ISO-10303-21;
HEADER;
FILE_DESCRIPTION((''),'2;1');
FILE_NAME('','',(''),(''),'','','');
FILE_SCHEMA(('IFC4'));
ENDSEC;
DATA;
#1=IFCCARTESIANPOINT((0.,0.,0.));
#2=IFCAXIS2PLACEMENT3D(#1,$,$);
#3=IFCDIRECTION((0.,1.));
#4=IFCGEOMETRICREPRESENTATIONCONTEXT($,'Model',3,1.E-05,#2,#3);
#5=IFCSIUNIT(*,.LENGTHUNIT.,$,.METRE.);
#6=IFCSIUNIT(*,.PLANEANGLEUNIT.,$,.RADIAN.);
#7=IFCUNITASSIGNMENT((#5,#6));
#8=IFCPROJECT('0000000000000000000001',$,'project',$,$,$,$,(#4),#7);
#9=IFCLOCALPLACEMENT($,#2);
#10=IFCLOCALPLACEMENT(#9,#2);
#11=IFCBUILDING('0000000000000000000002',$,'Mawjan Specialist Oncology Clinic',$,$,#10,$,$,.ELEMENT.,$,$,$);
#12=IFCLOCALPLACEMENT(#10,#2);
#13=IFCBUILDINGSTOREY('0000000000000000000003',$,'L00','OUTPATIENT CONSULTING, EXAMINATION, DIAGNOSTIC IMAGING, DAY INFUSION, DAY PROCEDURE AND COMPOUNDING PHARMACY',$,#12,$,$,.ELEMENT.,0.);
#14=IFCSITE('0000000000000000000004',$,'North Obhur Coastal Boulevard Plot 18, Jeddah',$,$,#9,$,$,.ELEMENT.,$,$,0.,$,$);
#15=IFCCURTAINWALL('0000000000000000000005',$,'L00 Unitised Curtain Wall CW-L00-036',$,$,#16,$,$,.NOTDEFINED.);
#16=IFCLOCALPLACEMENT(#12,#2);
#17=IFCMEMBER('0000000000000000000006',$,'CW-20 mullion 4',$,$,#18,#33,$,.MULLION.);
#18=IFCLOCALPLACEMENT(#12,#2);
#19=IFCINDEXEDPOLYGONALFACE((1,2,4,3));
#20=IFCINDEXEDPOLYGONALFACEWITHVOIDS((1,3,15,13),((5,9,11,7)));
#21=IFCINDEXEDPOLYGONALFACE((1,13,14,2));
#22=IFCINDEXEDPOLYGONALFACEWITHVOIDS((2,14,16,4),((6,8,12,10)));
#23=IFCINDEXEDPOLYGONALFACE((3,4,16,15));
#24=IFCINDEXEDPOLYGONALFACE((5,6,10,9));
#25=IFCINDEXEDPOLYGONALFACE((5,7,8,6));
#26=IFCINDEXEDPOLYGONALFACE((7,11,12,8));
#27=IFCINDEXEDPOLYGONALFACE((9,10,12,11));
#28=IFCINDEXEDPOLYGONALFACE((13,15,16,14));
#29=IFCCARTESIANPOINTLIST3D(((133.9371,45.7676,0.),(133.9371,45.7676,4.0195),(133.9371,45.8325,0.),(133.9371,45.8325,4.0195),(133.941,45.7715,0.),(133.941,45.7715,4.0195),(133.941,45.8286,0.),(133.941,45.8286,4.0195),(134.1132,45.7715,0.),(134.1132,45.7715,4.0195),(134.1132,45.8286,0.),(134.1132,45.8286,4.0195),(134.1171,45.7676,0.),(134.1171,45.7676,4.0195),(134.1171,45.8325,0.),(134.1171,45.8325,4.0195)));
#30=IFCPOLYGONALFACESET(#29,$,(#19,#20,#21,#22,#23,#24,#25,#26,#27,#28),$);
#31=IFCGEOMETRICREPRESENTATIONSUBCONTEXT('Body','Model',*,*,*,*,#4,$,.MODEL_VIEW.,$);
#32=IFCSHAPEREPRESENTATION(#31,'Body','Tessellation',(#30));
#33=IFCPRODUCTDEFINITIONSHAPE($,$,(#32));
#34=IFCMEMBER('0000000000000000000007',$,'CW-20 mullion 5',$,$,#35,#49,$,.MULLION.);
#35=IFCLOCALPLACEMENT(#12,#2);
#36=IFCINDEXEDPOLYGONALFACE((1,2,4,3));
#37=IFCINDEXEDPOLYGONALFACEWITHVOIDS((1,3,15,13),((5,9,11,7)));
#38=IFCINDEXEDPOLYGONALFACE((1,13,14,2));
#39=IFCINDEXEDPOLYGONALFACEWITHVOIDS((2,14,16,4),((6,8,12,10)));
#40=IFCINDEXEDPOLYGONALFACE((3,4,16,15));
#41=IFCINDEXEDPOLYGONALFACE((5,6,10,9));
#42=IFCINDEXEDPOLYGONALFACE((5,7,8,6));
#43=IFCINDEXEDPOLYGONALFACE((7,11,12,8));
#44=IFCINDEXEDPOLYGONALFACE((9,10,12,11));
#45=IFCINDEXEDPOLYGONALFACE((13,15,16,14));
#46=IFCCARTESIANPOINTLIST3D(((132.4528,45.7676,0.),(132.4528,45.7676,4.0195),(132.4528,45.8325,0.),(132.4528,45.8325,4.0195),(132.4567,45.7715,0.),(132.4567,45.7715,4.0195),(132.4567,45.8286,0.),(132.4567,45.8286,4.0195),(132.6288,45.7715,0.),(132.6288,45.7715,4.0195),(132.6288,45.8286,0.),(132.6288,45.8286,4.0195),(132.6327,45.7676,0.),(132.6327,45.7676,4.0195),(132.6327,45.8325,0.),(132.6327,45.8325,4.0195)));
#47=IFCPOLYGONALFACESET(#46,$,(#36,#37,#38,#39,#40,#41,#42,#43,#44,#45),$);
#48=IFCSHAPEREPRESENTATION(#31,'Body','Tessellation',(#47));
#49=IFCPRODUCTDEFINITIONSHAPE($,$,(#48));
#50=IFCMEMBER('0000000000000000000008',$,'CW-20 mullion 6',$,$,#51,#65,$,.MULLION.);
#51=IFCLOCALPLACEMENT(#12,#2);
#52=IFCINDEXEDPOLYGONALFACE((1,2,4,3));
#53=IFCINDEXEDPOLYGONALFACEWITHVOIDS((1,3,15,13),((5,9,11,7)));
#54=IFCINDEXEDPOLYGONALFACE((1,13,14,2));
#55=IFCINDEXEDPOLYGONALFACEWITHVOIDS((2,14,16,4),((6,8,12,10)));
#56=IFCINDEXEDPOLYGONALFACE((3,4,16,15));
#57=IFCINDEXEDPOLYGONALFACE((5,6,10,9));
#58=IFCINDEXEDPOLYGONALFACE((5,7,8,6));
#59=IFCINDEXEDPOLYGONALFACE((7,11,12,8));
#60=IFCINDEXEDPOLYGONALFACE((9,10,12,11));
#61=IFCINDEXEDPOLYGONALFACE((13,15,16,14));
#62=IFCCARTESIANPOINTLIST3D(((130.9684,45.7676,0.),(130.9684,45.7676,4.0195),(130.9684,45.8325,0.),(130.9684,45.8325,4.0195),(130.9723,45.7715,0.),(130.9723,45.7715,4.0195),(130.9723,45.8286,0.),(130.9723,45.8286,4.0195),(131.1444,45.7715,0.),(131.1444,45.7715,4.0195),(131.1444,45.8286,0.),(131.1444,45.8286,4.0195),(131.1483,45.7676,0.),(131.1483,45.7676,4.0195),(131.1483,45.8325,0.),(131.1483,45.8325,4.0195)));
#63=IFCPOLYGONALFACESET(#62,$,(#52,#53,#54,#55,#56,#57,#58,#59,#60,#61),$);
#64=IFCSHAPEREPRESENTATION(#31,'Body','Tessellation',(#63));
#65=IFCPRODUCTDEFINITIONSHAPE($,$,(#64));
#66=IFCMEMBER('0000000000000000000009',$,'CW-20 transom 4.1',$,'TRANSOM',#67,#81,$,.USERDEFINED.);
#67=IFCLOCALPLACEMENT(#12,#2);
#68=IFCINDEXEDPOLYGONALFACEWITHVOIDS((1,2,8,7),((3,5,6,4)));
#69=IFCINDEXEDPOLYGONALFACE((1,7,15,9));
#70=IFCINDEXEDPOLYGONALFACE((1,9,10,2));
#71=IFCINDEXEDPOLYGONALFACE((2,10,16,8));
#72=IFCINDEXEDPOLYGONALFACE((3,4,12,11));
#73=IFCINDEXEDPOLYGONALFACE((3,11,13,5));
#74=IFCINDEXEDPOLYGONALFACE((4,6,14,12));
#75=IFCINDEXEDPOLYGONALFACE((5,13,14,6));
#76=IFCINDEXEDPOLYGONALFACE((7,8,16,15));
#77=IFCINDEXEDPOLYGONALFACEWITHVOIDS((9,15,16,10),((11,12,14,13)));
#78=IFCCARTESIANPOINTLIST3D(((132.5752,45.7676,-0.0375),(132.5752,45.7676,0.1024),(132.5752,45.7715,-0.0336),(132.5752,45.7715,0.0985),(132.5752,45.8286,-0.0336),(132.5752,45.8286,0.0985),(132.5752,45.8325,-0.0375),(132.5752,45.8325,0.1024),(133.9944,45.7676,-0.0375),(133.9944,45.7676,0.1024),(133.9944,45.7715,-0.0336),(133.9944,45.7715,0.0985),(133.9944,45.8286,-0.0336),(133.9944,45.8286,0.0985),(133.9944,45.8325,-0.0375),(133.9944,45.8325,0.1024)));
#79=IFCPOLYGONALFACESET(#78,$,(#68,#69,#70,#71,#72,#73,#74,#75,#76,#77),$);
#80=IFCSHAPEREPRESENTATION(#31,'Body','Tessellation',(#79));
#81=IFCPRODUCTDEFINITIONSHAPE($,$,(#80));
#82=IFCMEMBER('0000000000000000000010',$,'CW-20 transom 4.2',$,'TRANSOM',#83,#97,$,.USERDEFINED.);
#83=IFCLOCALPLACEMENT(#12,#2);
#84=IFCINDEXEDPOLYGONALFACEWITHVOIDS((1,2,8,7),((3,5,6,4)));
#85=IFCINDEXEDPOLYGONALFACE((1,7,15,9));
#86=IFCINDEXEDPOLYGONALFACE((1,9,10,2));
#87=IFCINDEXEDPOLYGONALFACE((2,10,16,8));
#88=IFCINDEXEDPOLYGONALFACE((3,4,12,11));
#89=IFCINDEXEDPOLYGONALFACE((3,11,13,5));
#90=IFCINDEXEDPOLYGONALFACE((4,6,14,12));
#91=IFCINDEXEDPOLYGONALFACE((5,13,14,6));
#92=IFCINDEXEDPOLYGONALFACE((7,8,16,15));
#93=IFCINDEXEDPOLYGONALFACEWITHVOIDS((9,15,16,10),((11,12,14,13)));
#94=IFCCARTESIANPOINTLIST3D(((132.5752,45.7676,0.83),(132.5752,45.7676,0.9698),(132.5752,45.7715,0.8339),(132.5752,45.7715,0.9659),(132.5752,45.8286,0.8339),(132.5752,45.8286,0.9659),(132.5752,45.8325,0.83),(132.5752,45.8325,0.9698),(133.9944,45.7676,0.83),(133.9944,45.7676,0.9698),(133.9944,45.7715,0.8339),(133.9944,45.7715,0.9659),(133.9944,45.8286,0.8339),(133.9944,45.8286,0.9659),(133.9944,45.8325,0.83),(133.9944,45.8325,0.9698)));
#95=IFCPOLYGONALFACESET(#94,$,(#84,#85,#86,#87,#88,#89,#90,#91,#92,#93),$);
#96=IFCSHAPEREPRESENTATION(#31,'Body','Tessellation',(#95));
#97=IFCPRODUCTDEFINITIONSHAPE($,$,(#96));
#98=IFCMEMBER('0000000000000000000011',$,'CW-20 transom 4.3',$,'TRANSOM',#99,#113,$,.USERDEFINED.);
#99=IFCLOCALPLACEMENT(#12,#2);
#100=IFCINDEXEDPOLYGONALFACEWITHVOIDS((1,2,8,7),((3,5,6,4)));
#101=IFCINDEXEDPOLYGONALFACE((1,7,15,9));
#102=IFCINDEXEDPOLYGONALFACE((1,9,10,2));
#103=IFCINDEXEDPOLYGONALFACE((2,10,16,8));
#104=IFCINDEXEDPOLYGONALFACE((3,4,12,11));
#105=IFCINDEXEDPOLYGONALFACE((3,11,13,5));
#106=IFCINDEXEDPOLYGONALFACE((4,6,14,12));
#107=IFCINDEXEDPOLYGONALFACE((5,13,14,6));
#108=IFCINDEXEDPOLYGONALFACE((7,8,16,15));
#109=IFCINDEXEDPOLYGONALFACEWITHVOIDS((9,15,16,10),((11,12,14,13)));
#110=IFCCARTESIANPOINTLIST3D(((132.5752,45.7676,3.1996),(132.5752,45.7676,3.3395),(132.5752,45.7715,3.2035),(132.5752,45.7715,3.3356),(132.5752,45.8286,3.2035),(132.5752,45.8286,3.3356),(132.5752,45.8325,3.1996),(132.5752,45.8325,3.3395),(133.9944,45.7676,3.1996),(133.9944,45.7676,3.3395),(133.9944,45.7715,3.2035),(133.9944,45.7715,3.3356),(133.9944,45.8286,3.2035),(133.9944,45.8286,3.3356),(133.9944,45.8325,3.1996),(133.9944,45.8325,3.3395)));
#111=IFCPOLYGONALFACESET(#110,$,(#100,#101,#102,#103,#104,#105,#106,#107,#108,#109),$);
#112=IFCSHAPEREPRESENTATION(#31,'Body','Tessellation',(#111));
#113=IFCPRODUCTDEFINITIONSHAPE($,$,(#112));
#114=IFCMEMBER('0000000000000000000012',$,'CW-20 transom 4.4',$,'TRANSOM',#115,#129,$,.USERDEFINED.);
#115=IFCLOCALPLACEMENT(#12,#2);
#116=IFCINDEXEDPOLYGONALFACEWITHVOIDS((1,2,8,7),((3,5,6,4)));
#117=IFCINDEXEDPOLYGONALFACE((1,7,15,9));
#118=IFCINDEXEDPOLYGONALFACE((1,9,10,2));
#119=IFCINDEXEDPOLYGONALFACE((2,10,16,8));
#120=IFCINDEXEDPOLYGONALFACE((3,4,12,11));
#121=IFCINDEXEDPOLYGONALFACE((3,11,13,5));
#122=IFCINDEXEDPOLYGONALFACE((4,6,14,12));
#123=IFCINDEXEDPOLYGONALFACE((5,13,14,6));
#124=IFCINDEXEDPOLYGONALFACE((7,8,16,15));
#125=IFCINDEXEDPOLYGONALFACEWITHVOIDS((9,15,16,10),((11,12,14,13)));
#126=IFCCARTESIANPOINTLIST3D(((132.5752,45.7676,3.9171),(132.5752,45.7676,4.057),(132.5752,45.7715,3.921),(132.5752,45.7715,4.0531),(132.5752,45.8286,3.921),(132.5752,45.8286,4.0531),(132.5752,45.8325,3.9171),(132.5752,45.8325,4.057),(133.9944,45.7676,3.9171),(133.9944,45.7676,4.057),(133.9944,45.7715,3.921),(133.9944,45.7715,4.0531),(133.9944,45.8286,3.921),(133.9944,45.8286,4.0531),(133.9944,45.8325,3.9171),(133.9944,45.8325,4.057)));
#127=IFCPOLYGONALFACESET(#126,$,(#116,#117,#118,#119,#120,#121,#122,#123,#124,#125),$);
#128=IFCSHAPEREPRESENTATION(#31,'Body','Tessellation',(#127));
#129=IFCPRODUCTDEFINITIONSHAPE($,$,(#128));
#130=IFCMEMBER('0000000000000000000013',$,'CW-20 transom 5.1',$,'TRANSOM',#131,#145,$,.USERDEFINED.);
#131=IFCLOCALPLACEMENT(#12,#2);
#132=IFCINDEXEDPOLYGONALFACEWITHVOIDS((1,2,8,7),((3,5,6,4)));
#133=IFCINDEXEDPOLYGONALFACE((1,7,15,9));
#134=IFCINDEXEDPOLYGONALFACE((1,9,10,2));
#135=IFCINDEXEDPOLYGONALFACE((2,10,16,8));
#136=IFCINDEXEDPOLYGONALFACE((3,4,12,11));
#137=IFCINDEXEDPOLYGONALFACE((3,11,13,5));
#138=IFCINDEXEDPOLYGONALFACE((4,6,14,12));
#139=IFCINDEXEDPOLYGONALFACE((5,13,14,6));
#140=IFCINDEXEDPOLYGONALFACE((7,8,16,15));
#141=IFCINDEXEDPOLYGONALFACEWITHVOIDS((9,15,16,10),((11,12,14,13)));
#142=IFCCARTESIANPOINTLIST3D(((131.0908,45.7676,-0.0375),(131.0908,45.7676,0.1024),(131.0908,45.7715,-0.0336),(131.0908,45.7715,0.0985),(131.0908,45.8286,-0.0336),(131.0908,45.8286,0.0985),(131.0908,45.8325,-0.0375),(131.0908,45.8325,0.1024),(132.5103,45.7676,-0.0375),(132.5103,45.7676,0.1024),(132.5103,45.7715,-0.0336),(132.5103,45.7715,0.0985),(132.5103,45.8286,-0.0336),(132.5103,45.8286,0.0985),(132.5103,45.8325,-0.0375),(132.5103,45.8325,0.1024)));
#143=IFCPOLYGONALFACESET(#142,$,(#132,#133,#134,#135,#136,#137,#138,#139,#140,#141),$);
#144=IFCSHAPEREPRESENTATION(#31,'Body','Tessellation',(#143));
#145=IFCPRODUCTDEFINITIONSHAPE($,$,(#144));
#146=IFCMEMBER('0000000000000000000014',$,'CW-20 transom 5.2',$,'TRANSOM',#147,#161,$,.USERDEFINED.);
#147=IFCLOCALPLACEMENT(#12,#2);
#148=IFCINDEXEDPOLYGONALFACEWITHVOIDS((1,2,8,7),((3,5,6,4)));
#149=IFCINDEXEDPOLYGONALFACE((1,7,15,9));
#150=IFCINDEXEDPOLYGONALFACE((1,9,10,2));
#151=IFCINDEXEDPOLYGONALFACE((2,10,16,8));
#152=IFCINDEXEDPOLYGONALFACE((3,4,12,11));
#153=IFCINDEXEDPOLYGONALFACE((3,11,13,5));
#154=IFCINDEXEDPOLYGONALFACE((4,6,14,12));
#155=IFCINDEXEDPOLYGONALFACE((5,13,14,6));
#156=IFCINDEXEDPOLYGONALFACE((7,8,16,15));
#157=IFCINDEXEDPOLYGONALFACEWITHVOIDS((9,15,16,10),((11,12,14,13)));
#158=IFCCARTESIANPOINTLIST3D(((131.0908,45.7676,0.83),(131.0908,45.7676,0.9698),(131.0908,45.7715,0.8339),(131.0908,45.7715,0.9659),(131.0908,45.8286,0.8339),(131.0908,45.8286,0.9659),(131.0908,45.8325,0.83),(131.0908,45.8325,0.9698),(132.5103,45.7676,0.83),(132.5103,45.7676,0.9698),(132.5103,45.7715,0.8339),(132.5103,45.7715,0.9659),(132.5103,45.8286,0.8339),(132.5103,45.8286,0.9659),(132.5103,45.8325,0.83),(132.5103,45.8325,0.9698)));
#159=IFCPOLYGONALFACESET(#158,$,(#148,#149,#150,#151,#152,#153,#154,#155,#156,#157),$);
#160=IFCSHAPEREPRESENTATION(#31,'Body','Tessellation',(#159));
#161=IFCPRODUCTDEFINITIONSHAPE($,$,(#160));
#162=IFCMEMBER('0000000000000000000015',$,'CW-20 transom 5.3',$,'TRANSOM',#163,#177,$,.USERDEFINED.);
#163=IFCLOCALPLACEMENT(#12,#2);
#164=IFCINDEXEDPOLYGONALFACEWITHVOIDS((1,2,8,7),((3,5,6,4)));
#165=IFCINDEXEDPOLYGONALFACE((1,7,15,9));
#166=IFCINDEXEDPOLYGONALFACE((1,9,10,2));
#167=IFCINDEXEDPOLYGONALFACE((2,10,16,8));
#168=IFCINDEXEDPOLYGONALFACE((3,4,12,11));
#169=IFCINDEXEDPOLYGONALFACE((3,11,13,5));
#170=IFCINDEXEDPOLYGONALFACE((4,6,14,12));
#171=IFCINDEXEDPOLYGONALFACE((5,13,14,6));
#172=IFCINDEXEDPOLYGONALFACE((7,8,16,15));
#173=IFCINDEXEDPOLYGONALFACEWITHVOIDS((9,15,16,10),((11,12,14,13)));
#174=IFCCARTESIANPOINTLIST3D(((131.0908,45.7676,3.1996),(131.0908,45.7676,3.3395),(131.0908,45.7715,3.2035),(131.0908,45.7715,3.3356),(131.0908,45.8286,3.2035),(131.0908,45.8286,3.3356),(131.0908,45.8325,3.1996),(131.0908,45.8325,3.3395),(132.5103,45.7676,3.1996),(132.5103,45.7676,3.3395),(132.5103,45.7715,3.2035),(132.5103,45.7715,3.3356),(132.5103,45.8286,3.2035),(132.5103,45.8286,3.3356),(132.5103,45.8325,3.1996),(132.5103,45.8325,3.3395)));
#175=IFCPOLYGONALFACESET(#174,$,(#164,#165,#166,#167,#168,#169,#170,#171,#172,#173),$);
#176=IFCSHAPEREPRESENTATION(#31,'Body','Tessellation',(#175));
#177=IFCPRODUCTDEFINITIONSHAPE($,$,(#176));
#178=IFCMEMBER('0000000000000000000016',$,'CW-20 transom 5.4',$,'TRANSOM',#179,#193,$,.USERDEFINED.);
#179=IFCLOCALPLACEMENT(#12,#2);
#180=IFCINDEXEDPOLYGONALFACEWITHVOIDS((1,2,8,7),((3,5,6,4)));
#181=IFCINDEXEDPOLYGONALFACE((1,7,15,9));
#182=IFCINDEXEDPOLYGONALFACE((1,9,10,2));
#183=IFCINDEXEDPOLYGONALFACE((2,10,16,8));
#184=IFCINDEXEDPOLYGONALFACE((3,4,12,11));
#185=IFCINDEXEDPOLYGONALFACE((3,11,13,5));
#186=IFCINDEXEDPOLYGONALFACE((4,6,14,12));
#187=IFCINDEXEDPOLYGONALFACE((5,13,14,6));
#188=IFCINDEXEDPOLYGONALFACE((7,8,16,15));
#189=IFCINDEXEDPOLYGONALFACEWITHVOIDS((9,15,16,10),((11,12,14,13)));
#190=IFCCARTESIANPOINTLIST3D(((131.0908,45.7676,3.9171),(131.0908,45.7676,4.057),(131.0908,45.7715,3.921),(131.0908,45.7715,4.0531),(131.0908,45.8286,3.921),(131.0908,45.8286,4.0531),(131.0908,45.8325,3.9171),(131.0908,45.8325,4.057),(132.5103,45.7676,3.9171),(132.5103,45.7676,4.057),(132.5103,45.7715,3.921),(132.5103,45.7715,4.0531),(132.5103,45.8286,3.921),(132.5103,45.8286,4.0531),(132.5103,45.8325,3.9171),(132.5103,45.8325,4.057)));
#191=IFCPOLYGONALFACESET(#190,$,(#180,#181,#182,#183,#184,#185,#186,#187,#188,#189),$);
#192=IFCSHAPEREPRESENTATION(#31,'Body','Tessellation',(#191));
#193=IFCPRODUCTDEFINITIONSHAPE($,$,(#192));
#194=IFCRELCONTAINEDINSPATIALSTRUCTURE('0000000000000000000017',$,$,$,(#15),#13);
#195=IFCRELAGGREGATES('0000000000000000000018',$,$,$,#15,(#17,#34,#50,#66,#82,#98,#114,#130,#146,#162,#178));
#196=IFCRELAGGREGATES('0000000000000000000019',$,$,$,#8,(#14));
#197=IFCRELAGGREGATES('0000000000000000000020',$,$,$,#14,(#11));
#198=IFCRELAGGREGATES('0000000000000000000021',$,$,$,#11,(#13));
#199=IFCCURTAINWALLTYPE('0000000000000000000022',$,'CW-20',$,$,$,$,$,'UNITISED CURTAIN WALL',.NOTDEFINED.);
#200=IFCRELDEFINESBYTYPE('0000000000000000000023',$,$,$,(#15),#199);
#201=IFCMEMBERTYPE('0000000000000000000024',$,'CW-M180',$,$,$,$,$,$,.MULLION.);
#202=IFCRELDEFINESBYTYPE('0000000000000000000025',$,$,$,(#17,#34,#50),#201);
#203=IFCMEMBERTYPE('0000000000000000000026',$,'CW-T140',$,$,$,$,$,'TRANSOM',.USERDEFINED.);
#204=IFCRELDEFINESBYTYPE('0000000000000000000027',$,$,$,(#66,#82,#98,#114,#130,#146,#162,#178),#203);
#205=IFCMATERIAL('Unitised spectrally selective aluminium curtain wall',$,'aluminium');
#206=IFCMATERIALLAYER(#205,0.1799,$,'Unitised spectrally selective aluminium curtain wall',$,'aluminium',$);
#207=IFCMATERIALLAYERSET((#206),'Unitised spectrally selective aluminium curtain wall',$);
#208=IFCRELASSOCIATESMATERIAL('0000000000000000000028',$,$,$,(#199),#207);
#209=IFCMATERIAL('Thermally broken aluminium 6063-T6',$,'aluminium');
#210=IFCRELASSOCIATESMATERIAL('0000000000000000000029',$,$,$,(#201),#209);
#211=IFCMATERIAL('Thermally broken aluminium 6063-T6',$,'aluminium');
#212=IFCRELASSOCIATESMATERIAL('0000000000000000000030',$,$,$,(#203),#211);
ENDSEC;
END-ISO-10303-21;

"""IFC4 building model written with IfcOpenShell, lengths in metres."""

from ifc_helpers import new_model, si_unit, direction, frame, origin, origin_2d, place, context, subcontext, project, spatial, hollow_rectangle, extrude, material, layer, layer_set, material_profile, profile_set, type_object, element, aggregate, save


model = new_model("IFC4")

# Units and contexts
model_context = context("Model", 3, precision=1e-05, world=origin(), true_north=direction((0.0, 1.0)))
body_context = subcontext(model_context, "Body", "Model", "MODEL_VIEW")
ifc_project = project(units=[si_unit("LENGTHUNIT", "METRE"), si_unit("PLANEANGLEUNIT", "RADIAN")], contexts=[model_context])

# Site, building, storey
site_placement = place(None, origin())
site = spatial("IfcSite", under=ifc_project, at=site_placement, Name="North Obhur Coastal Boulevard Plot 18, Jeddah", CompositionType="ELEMENT", RefElevation=0.0)
building_placement = place(site_placement, origin())
building = spatial("IfcBuilding", under=site, at=building_placement, Name="Mawjan Specialist Oncology Clinic", CompositionType="ELEMENT")
storey_placement = place(building_placement, origin())
storey = spatial("IfcBuildingStorey", under=building, at=storey_placement, Name="L00", Description="OUTPATIENT CONSULTING, EXAMINATION, DIAGNOSTIC IMAGING, DAY INFUSION, DAY PROCEDURE AND COMPOUNDING PHARMACY", CompositionType="ELEMENT", Elevation=0.0)

# Curtain wall, members
ifc_material_1 = material(Name="Unitised spectrally selective aluminium curtain wall", Category="aluminium")
ifc_layer_1 = layer(ifc_material_1, 0.1799, Name="Unitised spectrally selective aluminium curtain wall", Category="aluminium")
ifc_layer_set_1 = layer_set([ifc_layer_1], Name="Unitised spectrally selective aluminium curtain wall")
curtain_wall_type = type_object("IfcCurtainWallType", Name="CW-20", ElementType="UNITISED CURTAIN WALL", PredefinedType="NOTDEFINED", material=ifc_layer_set_1)
curtain_wall_placement = place(storey_placement, origin())
curtain_wall = element("IfcCurtainWall", 1, at=curtain_wall_placement, inside=storey, type_object=curtain_wall_type, Name="L00 Unitised Curtain Wall CW-L00-036", PredefinedType="NOTDEFINED")
ifc_material_2 = material(Name="Thermally broken aluminium 6063-T6", Category="aluminium")
ifc_material_profile_1 = material_profile(ifc_material_2, hollow_rectangle(XDim=0.0649, YDim=0.1799, WallThickness=0.0039, at=origin_2d()), Name="ALU MULLION 180x65x4", Category="aluminium")
ifc_profile_set_1 = profile_set([ifc_material_profile_1], Name="Thermally broken aluminium 6063-T6")
member_type_1 = type_object("IfcMemberType", Name="CW-M180", PredefinedType="MULLION", material=ifc_profile_set_1)
member_1_placement = place(storey_placement, frame((134.0271, 45.8, 0.0), z_axis=(0.0, 0.0, 1.0), x_axis=(0.0, -1.0, 0.0)))
member_1 = element("IfcMember", 2, at=member_1_placement, type_object=member_type_1, Name="CW-20 mullion 4", PredefinedType="MULLION", context=body_context, shape_type="SweptSolid", body=[
    extrude(hollow_rectangle(XDim=0.0649, YDim=0.1799, WallThickness=0.0039, at=origin_2d()), origin(), (0.0, 0.0, 1.0), 4.0195),
])
member_2_placement = place(storey_placement, frame((132.5427, 45.8, 0.0), z_axis=(0.0, 0.0, 1.0), x_axis=(0.0, -1.0, 0.0)))
member_2 = element("IfcMember", 3, at=member_2_placement, type_object=member_type_1, Name="CW-20 mullion 5", PredefinedType="MULLION", context=body_context, shape_type="SweptSolid", body=[
    extrude(hollow_rectangle(XDim=0.0649, YDim=0.1799, WallThickness=0.0039, at=origin_2d()), origin(), (0.0, 0.0, 1.0), 4.0195),
])
member_3_placement = place(storey_placement, frame((131.0583, 45.8, 0.0), z_axis=(0.0, 0.0, 1.0), x_axis=(0.0, -1.0, 0.0)))
member_3 = element("IfcMember", 4, at=member_3_placement, type_object=member_type_1, Name="CW-20 mullion 6", PredefinedType="MULLION", context=body_context, shape_type="SweptSolid", body=[
    extrude(hollow_rectangle(XDim=0.0649, YDim=0.1799, WallThickness=0.0039, at=origin_2d()), origin(), (0.0, 0.0, 1.0), 4.0195),
])
ifc_material_3 = material(Name="Thermally broken aluminium 6063-T6", Category="aluminium")
ifc_material_profile_2 = material_profile(ifc_material_3, hollow_rectangle(XDim=0.0649, YDim=0.1399, WallThickness=0.0039, at=origin_2d()), Name="ALU TRANSOM 140x65x4", Category="aluminium")
ifc_profile_set_2 = profile_set([ifc_material_profile_2], Name="Thermally broken aluminium 6063-T6")
member_type_2 = type_object("IfcMemberType", Name="CW-T140", ElementType="TRANSOM", PredefinedType="USERDEFINED", material=ifc_profile_set_2)
member_4_placement = place(storey_placement, frame((133.9944, 45.8, 0.0325), z_axis=(-1.0, 0.0, 0.0), x_axis=(0.0, -1.0, 0.0)))
member_4 = element("IfcMember", 5, at=member_4_placement, type_object=member_type_2, Name="CW-20 transom 4.1", ObjectType="TRANSOM", PredefinedType="USERDEFINED", context=body_context, shape_type="SweptSolid", body=[
    extrude(hollow_rectangle(XDim=0.0649, YDim=0.1399, WallThickness=0.0039, at=origin_2d()), origin(), (0.0, 0.0, 1.0), 1.4192),
])
member_5_placement = place(storey_placement, frame((133.9944, 45.8, 0.8999), z_axis=(-1.0, 0.0, 0.0), x_axis=(0.0, -1.0, 0.0)))
member_5 = element("IfcMember", 6, at=member_5_placement, type_object=member_type_2, Name="CW-20 transom 4.2", ObjectType="TRANSOM", PredefinedType="USERDEFINED", context=body_context, shape_type="SweptSolid", body=[
    extrude(hollow_rectangle(XDim=0.0649, YDim=0.1399, WallThickness=0.0039, at=origin_2d()), origin(), (0.0, 0.0, 1.0), 1.4192),
])
member_6_placement = place(storey_placement, frame((133.9944, 45.8, 3.2695), z_axis=(-1.0, 0.0, 0.0), x_axis=(0.0, -1.0, 0.0)))
member_6 = element("IfcMember", 7, at=member_6_placement, type_object=member_type_2, Name="CW-20 transom 4.3", ObjectType="TRANSOM", PredefinedType="USERDEFINED", context=body_context, shape_type="SweptSolid", body=[
    extrude(hollow_rectangle(XDim=0.0649, YDim=0.1399, WallThickness=0.0039, at=origin_2d()), origin(), (0.0, 0.0, 1.0), 1.4192),
])
member_7_placement = place(storey_placement, frame((133.9944, 45.8, 3.9871), z_axis=(-1.0, 0.0, 0.0), x_axis=(0.0, -1.0, 0.0)))
member_7 = element("IfcMember", 8, at=member_7_placement, type_object=member_type_2, Name="CW-20 transom 4.4", ObjectType="TRANSOM", PredefinedType="USERDEFINED", context=body_context, shape_type="SweptSolid", body=[
    extrude(hollow_rectangle(XDim=0.0649, YDim=0.1399, WallThickness=0.0039, at=origin_2d()), origin(), (0.0, 0.0, 1.0), 1.4192),
])
member_8_placement = place(storey_placement, frame((132.5103, 45.8, 0.0325), z_axis=(-1.0, 0.0, 0.0), x_axis=(0.0, -1.0, 0.0)))
member_8 = element("IfcMember", 9, at=member_8_placement, type_object=member_type_2, Name="CW-20 transom 5.1", ObjectType="TRANSOM", PredefinedType="USERDEFINED", context=body_context, shape_type="SweptSolid", body=[
    extrude(hollow_rectangle(XDim=0.0649, YDim=0.1399, WallThickness=0.0039, at=origin_2d()), origin(), (0.0, 0.0, 1.0), 1.4194),
])
member_9_placement = place(storey_placement, frame((132.5103, 45.8, 0.8999), z_axis=(-1.0, 0.0, 0.0), x_axis=(0.0, -1.0, 0.0)))
member_9 = element("IfcMember", 10, at=member_9_placement, type_object=member_type_2, Name="CW-20 transom 5.2", ObjectType="TRANSOM", PredefinedType="USERDEFINED", context=body_context, shape_type="SweptSolid", body=[
    extrude(hollow_rectangle(XDim=0.0649, YDim=0.1399, WallThickness=0.0039, at=origin_2d()), origin(), (0.0, 0.0, 1.0), 1.4194),
])
member_10_placement = place(storey_placement, frame((132.5103, 45.8, 3.2695), z_axis=(-1.0, 0.0, 0.0), x_axis=(0.0, -1.0, 0.0)))
member_10 = element("IfcMember", 11, at=member_10_placement, type_object=member_type_2, Name="CW-20 transom 5.3", ObjectType="TRANSOM", PredefinedType="USERDEFINED", context=body_context, shape_type="SweptSolid", body=[
    extrude(hollow_rectangle(XDim=0.0649, YDim=0.1399, WallThickness=0.0039, at=origin_2d()), origin(), (0.0, 0.0, 1.0), 1.4194),
])
member_11_placement = place(storey_placement, frame((132.5103, 45.8, 3.9871), z_axis=(-1.0, 0.0, 0.0), x_axis=(0.0, -1.0, 0.0)))
member_11 = element("IfcMember", 12, at=member_11_placement, type_object=member_type_2, Name="CW-20 transom 5.4", ObjectType="TRANSOM", PredefinedType="USERDEFINED", context=body_context, shape_type="SweptSolid", body=[
    extrude(hollow_rectangle(XDim=0.0649, YDim=0.1399, WallThickness=0.0039, at=origin_2d()), origin(), (0.0, 0.0, 1.0), 1.4194),
])
aggregate(curtain_wall, [member_1, member_2, member_3, member_4, member_5, member_6, member_7, member_8, member_9, member_10, member_11])

save(model, "model.ifc")
